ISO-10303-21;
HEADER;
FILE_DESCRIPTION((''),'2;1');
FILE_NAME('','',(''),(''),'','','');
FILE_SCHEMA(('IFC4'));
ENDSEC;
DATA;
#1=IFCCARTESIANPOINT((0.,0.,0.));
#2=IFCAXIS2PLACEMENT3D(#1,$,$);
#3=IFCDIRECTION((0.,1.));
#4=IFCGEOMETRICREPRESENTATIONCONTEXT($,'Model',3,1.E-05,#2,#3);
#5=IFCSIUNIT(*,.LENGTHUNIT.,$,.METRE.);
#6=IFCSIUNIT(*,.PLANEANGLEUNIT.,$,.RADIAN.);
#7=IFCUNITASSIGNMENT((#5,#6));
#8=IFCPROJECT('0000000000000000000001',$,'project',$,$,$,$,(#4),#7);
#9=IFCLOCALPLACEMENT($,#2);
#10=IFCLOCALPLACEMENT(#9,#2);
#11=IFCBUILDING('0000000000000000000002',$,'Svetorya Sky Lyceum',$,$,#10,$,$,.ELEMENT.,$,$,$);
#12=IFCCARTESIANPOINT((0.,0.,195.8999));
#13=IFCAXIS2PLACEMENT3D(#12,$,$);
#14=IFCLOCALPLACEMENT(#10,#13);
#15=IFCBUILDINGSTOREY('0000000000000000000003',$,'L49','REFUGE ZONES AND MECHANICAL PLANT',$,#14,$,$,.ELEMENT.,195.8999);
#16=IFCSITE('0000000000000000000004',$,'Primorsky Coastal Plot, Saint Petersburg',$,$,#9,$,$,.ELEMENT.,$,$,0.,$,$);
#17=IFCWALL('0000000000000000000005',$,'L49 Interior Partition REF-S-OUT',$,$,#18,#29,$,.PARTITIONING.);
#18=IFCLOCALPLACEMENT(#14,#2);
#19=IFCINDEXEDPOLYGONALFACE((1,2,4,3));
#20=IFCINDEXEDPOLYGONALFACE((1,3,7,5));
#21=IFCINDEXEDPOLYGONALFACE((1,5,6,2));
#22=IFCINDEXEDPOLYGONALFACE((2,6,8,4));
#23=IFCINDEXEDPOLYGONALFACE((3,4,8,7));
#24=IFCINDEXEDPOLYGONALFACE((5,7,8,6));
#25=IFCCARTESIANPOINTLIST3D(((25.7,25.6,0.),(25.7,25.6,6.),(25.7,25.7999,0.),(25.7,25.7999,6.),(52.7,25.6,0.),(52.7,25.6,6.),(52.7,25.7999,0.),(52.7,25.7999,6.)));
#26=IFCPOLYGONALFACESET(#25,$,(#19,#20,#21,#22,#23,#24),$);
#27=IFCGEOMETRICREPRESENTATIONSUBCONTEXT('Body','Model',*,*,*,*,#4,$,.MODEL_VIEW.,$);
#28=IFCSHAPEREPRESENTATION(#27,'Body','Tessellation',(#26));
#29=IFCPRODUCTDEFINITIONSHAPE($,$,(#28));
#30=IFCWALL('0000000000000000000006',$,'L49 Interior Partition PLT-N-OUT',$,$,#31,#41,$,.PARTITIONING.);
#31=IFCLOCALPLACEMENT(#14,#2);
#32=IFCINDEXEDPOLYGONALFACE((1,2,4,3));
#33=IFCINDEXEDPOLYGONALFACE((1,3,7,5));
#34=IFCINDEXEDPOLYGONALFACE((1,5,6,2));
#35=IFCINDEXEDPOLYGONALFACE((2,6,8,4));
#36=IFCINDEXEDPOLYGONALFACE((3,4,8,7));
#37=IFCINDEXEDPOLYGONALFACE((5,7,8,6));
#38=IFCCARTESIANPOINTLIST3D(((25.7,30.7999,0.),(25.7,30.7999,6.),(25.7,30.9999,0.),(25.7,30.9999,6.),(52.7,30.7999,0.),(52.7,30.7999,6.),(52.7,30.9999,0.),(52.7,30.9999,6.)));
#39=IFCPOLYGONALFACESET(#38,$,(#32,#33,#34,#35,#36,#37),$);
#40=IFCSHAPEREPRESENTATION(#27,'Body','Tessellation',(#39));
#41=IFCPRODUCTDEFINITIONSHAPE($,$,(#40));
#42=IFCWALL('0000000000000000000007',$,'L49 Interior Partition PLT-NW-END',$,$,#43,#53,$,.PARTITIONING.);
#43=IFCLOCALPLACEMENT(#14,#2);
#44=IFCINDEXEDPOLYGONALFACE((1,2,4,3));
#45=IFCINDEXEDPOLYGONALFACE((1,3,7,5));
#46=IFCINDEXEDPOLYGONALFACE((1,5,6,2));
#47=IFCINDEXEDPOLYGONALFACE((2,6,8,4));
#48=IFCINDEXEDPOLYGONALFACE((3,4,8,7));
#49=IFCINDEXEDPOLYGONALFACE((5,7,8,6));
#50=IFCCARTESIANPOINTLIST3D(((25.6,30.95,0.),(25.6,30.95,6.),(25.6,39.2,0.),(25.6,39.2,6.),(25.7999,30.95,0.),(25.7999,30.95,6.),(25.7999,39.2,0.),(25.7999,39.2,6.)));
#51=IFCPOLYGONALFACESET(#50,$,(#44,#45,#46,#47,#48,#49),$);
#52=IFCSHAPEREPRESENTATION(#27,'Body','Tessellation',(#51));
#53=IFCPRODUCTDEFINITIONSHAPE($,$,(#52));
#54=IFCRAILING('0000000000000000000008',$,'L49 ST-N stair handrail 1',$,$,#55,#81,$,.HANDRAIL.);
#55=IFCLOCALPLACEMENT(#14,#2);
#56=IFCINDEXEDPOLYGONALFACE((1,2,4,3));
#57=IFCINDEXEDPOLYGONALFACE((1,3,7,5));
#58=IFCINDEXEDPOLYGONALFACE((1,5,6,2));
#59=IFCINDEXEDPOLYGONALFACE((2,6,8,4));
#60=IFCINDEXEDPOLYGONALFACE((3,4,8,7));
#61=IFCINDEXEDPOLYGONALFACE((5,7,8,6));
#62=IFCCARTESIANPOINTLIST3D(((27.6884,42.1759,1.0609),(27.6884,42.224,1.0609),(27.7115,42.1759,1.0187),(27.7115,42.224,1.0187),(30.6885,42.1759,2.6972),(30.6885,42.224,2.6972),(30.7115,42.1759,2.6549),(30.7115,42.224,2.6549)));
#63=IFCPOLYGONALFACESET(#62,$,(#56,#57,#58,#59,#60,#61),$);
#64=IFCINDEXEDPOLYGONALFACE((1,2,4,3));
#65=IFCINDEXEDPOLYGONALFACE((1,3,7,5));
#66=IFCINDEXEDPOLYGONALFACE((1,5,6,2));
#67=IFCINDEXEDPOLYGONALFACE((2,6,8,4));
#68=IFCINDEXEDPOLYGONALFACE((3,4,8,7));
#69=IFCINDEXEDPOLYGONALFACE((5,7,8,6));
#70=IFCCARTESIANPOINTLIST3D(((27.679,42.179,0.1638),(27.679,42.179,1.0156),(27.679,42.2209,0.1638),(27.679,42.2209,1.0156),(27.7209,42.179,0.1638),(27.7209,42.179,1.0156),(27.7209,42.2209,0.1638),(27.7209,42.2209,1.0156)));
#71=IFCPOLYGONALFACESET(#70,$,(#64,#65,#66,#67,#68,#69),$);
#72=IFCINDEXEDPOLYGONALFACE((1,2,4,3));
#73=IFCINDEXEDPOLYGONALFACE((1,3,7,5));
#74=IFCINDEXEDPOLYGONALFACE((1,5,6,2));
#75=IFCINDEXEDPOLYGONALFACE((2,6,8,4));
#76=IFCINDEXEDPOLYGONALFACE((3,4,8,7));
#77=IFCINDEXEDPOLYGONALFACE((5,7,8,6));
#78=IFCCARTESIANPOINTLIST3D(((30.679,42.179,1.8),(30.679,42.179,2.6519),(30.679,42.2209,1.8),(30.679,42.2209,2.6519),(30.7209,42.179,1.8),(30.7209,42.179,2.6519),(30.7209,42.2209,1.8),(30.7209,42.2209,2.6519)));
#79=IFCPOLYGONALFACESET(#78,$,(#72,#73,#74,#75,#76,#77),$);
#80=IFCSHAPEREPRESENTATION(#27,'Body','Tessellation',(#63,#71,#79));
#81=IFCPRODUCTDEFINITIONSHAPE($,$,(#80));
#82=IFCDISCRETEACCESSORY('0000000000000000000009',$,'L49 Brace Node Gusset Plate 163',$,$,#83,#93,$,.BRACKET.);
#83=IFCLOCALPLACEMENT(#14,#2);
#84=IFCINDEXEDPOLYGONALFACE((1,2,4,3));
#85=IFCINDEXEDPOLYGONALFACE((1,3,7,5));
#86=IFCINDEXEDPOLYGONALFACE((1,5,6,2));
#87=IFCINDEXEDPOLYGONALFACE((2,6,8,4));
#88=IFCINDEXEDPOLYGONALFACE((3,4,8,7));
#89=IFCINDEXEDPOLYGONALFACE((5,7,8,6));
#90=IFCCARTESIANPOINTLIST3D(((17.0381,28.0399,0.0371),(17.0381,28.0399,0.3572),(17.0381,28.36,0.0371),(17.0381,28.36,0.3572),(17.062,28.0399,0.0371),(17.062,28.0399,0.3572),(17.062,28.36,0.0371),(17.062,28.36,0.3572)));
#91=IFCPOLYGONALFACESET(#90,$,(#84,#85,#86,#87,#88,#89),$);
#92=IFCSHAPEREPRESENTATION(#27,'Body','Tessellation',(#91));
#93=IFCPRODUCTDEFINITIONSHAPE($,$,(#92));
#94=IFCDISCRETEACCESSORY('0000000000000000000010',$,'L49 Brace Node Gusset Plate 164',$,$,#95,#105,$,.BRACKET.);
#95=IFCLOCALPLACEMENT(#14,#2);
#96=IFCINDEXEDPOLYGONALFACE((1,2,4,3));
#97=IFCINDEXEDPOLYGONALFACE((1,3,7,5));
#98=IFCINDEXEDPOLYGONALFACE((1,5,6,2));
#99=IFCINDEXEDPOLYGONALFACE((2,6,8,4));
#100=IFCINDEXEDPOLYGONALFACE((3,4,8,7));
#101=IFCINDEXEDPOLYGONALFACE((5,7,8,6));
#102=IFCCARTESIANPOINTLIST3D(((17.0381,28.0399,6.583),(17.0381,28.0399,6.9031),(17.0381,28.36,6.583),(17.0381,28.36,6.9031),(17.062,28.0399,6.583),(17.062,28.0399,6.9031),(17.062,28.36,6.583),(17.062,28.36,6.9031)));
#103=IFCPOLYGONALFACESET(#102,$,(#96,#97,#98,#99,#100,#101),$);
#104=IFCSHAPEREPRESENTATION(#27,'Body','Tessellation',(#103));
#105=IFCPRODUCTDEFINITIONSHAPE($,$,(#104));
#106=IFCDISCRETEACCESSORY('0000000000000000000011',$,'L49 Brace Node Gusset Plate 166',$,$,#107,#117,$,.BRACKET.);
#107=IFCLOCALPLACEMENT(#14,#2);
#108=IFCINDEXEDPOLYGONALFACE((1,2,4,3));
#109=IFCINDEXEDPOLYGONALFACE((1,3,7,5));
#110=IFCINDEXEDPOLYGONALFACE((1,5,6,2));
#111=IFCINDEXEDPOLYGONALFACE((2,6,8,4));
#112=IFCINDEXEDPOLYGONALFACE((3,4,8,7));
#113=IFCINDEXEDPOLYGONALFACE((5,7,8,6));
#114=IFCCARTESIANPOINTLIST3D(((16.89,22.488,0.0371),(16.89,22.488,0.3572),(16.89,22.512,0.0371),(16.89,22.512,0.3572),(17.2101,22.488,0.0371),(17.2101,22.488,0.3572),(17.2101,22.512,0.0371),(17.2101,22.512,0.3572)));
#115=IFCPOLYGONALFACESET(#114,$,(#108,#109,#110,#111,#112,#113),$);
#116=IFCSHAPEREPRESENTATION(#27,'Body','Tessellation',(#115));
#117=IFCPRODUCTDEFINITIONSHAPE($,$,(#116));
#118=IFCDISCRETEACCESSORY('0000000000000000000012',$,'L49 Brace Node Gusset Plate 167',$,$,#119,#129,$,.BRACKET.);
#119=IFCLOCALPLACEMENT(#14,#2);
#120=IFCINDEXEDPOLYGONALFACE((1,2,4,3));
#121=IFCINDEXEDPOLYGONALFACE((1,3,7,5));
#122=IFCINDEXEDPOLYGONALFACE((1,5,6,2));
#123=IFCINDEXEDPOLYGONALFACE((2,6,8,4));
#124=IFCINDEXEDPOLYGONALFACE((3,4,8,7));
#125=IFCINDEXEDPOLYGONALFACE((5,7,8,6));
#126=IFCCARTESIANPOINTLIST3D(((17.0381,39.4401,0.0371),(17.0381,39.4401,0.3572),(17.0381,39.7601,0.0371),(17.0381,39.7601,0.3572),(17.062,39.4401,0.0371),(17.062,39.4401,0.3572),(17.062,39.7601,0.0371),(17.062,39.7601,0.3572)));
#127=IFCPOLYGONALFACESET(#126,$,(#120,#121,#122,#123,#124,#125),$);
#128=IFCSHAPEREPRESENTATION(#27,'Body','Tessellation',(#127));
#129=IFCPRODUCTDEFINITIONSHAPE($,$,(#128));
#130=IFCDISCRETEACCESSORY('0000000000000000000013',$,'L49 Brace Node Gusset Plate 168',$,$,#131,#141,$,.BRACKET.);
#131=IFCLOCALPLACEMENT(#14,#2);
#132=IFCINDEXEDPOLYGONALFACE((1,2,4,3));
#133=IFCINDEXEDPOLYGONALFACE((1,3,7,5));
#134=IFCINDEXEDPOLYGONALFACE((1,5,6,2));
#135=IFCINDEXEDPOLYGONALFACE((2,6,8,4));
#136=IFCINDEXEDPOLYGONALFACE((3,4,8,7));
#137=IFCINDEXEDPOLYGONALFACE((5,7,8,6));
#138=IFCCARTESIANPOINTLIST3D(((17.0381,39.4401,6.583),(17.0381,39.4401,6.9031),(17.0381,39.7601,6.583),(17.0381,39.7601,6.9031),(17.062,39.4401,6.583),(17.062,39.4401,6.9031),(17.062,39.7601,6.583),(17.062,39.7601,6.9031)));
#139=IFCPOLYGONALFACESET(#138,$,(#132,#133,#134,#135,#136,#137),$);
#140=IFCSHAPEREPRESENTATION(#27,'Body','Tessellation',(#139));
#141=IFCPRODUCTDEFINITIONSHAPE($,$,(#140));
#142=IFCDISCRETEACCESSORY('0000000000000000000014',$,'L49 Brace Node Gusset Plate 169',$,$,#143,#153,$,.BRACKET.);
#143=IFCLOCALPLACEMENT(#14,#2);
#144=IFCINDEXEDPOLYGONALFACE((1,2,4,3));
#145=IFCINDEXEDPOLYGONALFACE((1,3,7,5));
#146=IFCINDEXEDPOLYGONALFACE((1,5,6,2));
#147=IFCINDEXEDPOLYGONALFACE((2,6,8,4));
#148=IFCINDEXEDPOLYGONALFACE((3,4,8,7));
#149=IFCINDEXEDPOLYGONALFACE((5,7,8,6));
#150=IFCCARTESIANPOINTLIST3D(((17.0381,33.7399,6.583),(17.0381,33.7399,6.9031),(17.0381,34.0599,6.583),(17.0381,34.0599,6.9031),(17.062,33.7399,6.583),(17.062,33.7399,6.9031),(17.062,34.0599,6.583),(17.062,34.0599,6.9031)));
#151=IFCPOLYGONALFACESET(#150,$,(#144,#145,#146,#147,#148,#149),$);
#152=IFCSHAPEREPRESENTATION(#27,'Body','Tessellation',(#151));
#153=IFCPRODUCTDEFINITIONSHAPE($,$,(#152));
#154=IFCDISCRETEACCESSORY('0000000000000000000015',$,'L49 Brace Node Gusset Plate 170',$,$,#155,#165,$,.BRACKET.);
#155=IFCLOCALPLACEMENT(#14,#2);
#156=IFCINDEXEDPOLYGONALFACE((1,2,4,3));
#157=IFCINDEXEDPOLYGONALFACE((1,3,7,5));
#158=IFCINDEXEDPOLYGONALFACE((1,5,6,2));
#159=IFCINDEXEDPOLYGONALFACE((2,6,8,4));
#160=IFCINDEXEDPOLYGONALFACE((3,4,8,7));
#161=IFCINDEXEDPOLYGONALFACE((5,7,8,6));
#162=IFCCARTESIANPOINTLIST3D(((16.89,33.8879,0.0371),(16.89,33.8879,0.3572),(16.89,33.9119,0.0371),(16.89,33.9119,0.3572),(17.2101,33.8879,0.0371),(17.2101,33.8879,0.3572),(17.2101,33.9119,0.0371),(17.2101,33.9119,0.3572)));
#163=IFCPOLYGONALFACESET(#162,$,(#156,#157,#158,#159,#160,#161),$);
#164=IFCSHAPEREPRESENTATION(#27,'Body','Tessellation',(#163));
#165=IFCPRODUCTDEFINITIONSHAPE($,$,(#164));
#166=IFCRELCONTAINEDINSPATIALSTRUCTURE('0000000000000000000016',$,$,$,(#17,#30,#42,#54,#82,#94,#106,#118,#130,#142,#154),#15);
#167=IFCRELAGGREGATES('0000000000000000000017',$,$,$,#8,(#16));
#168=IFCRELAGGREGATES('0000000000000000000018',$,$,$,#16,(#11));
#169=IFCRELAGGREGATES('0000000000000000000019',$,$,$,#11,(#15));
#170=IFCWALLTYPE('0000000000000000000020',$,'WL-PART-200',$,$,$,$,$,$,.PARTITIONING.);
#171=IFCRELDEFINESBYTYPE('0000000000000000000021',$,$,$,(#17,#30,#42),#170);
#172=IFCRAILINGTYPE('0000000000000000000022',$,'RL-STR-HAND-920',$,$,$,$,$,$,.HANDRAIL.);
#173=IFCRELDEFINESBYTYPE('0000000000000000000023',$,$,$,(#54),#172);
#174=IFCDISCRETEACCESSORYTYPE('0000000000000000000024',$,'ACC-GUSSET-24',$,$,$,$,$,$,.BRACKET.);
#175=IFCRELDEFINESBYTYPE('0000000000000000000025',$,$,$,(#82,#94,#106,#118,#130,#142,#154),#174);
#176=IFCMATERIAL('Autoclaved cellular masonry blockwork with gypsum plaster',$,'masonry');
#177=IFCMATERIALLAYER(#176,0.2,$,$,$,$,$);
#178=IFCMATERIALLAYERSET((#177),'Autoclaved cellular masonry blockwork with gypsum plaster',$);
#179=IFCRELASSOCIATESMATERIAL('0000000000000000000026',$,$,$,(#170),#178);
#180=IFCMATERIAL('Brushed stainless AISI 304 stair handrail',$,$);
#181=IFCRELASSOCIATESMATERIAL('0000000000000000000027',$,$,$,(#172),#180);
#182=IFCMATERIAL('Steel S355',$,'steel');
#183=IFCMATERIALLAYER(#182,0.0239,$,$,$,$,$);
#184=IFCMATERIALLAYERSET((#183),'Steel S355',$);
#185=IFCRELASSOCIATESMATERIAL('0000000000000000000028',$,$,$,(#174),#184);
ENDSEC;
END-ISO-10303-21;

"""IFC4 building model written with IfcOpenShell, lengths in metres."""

from ifc_helpers import new_model, si_unit, direction, frame, frame_2d, origin, origin_2d, place, context, subcontext, project, spatial, rectangle, extrude, material, layer, layer_set, type_object, element, save


model = new_model("IFC4")

# Units and contexts
model_context = context("Model", 3, precision=1e-05, world=origin(), true_north=direction((0.0, 1.0)))
body_context = subcontext(model_context, "Body", "Model", "MODEL_VIEW")
ifc_project = project(units=[si_unit("LENGTHUNIT", "METRE"), si_unit("PLANEANGLEUNIT", "RADIAN")], contexts=[model_context])

# Site, building, storey
site_placement = place(None, origin())
site = spatial("IfcSite", under=ifc_project, at=site_placement, Name="Primorsky Coastal Plot, Saint Petersburg", CompositionType="ELEMENT", RefElevation=0.0)
building_placement = place(site_placement, origin())
building = spatial("IfcBuilding", under=site, at=building_placement, Name="Svetorya Sky Lyceum", CompositionType="ELEMENT")
storey_placement = place(building_placement, frame((0.0, 0.0, 195.8999)))
storey = spatial("IfcBuildingStorey", under=building, at=storey_placement, Name="L49", Description="REFUGE ZONES AND MECHANICAL PLANT", CompositionType="ELEMENT", Elevation=195.8999)

# Shared definitions
ifc_material_1 = material(Name="Steel S355", Category="steel")

# Walls
ifc_material_2 = material(Name="Autoclaved cellular masonry blockwork with gypsum plaster", Category="masonry")
ifc_layer_1 = layer(ifc_material_2, 0.2)
ifc_layer_set_1 = layer_set([ifc_layer_1], Name="Autoclaved cellular masonry blockwork with gypsum plaster")
wall_type_1 = type_object("IfcWallType", Name="WL-PART-200", PredefinedType="PARTITIONING", material=ifc_layer_set_1)
for number, where, z_axis, x_axis, name in (
    (1, (25.7, 25.7, 0.0), (0.0, 0.0, 1.0), (1.0, 0.0, 0.0), "L49 Interior Partition REF-S-OUT"),
    (2, (25.7, 30.8999, 0.0), (0.0, 0.0, 1.0), (1.0, 0.0, 0.0), "L49 Interior Partition PLT-N-OUT"),
):
    element("IfcWall", number, at=place(storey_placement, frame(where, z_axis=z_axis, x_axis=x_axis)), inside=storey, type_object=wall_type_1, Name=name, PredefinedType="PARTITIONING", context=body_context, shape_type="SweptSolid", body=[
        extrude(rectangle(XDim=27.0, YDim=0.2, at=frame_2d((13.5, 0.0))), origin(), (0.0, 0.0, 1.0), 6.0),
    ])
wall_1_placement = place(storey_placement, frame((25.7, 30.95, 0.0), z_axis=(0.0, 0.0, 1.0), x_axis=(0.0, 1.0, 0.0)))
element("IfcWall", 3, at=wall_1_placement, inside=storey, type_object=wall_type_1, Name="L49 Interior Partition PLT-NW-END", PredefinedType="PARTITIONING", context=body_context, shape_type="SweptSolid", body=[
    extrude(rectangle(XDim=8.25, YDim=0.2, at=frame_2d((4.125, 0.0))), origin(), (0.0, 0.0, 1.0), 6.0),
])

# Railing
ifc_material_3 = material(Name="Brushed stainless AISI 304 stair handrail")
railing_type = type_object("IfcRailingType", Name="RL-STR-HAND-920", PredefinedType="HANDRAIL", material=ifc_material_3)
railing_placement = place(storey_placement, frame((27.7, 42.2, 0.1638)))
element("IfcRailing", 4, at=railing_placement, inside=storey, type_object=railing_type, Name="L49 ST-N stair handrail 1", PredefinedType="HANDRAIL", context=body_context, shape_type="SweptSolid", body=[
    extrude(rectangle(XDim=0.0481, YDim=0.0481, at=origin_2d()), frame((0.0, 0.0, 0.876), z_axis=(0.877912, 0.0, 0.478822), x_axis=(0.0, 1.0, 0.0)), (0.0, 0.0, 1.0), 3.4172),
    extrude(rectangle(XDim=0.042, YDim=0.042, at=origin_2d()), origin(), (0.0, 0.0, 1.0), 0.8518),
    extrude(rectangle(XDim=0.042, YDim=0.042, at=origin_2d()), frame((3.0, 0.0, 1.6362)), (0.0, 0.0, 1.0), 0.8518),
])

# Discrete accessories
ifc_layer_2 = layer(ifc_material_1, 0.0239)
ifc_layer_set_2 = layer_set([ifc_layer_2], Name="Steel S355")
discrete_accessory_type = type_object("IfcDiscreteAccessoryType", Name="ACC-GUSSET-24", PredefinedType="BRACKET", material=ifc_layer_set_2)
for number, where, z_axis, x_axis, name in (
    (5, (17.05, 28.2, 0.0371), (0.0, 0.0, 1.0), (1.0, 0.0, 0.0), "L49 Brace Node Gusset Plate 163"),
    (6, (17.05, 28.2, 6.583), (0.0, 0.0, 1.0), (1.0, 0.0, 0.0), "L49 Brace Node Gusset Plate 164"),
):
    element("IfcDiscreteAccessory", number, at=place(storey_placement, frame(where, z_axis=z_axis, x_axis=x_axis)), inside=storey, type_object=discrete_accessory_type, Name=name, PredefinedType="BRACKET", context=body_context, shape_type="SweptSolid", body=[
        extrude(rectangle(XDim=0.0239, YDim=0.3201, at=origin_2d()), origin(), (0.0, 0.0, 1.0), 0.3201),
    ])
discrete_accessory_1_placement = place(storey_placement, frame((17.05, 22.5, 0.0371), z_axis=(0.0, 0.0, 1.0), x_axis=(1.0, 0.0, 0.0)))
element("IfcDiscreteAccessory", 7, at=discrete_accessory_1_placement, inside=storey, type_object=discrete_accessory_type, Name="L49 Brace Node Gusset Plate 166", PredefinedType="BRACKET", context=body_context, shape_type="SweptSolid", body=[
    extrude(rectangle(XDim=0.3201, YDim=0.0239, at=origin_2d()), origin(), (0.0, 0.0, 1.0), 0.3201),
])
for number, where, z_axis, x_axis, name in (
    (8, (17.05, 39.6001, 0.0371), (0.0, 0.0, 1.0), (1.0, 0.0, 0.0), "L49 Brace Node Gusset Plate 167"),
    (9, (17.05, 39.6001, 6.583), (0.0, 0.0, 1.0), (1.0, 0.0, 0.0), "L49 Brace Node Gusset Plate 168"),
    (10, (17.05, 33.8999, 6.583), (0.0, 0.0, 1.0), (1.0, 0.0, 0.0), "L49 Brace Node Gusset Plate 169"),
):
    element("IfcDiscreteAccessory", number, at=place(storey_placement, frame(where, z_axis=z_axis, x_axis=x_axis)), inside=storey, type_object=discrete_accessory_type, Name=name, PredefinedType="BRACKET", context=body_context, shape_type="SweptSolid", body=[
        extrude(rectangle(XDim=0.0239, YDim=0.3201, at=origin_2d()), origin(), (0.0, 0.0, 1.0), 0.3201),
    ])
discrete_accessory_2_placement = place(storey_placement, frame((17.05, 33.8999, 0.0371), z_axis=(0.0, 0.0, 1.0), x_axis=(1.0, 0.0, 0.0)))
element("IfcDiscreteAccessory", 11, at=discrete_accessory_2_placement, inside=storey, type_object=discrete_accessory_type, Name="L49 Brace Node Gusset Plate 170", PredefinedType="BRACKET", context=body_context, shape_type="SweptSolid", body=[
    extrude(rectangle(XDim=0.3201, YDim=0.0239, at=origin_2d()), origin(), (0.0, 0.0, 1.0), 0.3201),
])

save(model, "model.ifc")
